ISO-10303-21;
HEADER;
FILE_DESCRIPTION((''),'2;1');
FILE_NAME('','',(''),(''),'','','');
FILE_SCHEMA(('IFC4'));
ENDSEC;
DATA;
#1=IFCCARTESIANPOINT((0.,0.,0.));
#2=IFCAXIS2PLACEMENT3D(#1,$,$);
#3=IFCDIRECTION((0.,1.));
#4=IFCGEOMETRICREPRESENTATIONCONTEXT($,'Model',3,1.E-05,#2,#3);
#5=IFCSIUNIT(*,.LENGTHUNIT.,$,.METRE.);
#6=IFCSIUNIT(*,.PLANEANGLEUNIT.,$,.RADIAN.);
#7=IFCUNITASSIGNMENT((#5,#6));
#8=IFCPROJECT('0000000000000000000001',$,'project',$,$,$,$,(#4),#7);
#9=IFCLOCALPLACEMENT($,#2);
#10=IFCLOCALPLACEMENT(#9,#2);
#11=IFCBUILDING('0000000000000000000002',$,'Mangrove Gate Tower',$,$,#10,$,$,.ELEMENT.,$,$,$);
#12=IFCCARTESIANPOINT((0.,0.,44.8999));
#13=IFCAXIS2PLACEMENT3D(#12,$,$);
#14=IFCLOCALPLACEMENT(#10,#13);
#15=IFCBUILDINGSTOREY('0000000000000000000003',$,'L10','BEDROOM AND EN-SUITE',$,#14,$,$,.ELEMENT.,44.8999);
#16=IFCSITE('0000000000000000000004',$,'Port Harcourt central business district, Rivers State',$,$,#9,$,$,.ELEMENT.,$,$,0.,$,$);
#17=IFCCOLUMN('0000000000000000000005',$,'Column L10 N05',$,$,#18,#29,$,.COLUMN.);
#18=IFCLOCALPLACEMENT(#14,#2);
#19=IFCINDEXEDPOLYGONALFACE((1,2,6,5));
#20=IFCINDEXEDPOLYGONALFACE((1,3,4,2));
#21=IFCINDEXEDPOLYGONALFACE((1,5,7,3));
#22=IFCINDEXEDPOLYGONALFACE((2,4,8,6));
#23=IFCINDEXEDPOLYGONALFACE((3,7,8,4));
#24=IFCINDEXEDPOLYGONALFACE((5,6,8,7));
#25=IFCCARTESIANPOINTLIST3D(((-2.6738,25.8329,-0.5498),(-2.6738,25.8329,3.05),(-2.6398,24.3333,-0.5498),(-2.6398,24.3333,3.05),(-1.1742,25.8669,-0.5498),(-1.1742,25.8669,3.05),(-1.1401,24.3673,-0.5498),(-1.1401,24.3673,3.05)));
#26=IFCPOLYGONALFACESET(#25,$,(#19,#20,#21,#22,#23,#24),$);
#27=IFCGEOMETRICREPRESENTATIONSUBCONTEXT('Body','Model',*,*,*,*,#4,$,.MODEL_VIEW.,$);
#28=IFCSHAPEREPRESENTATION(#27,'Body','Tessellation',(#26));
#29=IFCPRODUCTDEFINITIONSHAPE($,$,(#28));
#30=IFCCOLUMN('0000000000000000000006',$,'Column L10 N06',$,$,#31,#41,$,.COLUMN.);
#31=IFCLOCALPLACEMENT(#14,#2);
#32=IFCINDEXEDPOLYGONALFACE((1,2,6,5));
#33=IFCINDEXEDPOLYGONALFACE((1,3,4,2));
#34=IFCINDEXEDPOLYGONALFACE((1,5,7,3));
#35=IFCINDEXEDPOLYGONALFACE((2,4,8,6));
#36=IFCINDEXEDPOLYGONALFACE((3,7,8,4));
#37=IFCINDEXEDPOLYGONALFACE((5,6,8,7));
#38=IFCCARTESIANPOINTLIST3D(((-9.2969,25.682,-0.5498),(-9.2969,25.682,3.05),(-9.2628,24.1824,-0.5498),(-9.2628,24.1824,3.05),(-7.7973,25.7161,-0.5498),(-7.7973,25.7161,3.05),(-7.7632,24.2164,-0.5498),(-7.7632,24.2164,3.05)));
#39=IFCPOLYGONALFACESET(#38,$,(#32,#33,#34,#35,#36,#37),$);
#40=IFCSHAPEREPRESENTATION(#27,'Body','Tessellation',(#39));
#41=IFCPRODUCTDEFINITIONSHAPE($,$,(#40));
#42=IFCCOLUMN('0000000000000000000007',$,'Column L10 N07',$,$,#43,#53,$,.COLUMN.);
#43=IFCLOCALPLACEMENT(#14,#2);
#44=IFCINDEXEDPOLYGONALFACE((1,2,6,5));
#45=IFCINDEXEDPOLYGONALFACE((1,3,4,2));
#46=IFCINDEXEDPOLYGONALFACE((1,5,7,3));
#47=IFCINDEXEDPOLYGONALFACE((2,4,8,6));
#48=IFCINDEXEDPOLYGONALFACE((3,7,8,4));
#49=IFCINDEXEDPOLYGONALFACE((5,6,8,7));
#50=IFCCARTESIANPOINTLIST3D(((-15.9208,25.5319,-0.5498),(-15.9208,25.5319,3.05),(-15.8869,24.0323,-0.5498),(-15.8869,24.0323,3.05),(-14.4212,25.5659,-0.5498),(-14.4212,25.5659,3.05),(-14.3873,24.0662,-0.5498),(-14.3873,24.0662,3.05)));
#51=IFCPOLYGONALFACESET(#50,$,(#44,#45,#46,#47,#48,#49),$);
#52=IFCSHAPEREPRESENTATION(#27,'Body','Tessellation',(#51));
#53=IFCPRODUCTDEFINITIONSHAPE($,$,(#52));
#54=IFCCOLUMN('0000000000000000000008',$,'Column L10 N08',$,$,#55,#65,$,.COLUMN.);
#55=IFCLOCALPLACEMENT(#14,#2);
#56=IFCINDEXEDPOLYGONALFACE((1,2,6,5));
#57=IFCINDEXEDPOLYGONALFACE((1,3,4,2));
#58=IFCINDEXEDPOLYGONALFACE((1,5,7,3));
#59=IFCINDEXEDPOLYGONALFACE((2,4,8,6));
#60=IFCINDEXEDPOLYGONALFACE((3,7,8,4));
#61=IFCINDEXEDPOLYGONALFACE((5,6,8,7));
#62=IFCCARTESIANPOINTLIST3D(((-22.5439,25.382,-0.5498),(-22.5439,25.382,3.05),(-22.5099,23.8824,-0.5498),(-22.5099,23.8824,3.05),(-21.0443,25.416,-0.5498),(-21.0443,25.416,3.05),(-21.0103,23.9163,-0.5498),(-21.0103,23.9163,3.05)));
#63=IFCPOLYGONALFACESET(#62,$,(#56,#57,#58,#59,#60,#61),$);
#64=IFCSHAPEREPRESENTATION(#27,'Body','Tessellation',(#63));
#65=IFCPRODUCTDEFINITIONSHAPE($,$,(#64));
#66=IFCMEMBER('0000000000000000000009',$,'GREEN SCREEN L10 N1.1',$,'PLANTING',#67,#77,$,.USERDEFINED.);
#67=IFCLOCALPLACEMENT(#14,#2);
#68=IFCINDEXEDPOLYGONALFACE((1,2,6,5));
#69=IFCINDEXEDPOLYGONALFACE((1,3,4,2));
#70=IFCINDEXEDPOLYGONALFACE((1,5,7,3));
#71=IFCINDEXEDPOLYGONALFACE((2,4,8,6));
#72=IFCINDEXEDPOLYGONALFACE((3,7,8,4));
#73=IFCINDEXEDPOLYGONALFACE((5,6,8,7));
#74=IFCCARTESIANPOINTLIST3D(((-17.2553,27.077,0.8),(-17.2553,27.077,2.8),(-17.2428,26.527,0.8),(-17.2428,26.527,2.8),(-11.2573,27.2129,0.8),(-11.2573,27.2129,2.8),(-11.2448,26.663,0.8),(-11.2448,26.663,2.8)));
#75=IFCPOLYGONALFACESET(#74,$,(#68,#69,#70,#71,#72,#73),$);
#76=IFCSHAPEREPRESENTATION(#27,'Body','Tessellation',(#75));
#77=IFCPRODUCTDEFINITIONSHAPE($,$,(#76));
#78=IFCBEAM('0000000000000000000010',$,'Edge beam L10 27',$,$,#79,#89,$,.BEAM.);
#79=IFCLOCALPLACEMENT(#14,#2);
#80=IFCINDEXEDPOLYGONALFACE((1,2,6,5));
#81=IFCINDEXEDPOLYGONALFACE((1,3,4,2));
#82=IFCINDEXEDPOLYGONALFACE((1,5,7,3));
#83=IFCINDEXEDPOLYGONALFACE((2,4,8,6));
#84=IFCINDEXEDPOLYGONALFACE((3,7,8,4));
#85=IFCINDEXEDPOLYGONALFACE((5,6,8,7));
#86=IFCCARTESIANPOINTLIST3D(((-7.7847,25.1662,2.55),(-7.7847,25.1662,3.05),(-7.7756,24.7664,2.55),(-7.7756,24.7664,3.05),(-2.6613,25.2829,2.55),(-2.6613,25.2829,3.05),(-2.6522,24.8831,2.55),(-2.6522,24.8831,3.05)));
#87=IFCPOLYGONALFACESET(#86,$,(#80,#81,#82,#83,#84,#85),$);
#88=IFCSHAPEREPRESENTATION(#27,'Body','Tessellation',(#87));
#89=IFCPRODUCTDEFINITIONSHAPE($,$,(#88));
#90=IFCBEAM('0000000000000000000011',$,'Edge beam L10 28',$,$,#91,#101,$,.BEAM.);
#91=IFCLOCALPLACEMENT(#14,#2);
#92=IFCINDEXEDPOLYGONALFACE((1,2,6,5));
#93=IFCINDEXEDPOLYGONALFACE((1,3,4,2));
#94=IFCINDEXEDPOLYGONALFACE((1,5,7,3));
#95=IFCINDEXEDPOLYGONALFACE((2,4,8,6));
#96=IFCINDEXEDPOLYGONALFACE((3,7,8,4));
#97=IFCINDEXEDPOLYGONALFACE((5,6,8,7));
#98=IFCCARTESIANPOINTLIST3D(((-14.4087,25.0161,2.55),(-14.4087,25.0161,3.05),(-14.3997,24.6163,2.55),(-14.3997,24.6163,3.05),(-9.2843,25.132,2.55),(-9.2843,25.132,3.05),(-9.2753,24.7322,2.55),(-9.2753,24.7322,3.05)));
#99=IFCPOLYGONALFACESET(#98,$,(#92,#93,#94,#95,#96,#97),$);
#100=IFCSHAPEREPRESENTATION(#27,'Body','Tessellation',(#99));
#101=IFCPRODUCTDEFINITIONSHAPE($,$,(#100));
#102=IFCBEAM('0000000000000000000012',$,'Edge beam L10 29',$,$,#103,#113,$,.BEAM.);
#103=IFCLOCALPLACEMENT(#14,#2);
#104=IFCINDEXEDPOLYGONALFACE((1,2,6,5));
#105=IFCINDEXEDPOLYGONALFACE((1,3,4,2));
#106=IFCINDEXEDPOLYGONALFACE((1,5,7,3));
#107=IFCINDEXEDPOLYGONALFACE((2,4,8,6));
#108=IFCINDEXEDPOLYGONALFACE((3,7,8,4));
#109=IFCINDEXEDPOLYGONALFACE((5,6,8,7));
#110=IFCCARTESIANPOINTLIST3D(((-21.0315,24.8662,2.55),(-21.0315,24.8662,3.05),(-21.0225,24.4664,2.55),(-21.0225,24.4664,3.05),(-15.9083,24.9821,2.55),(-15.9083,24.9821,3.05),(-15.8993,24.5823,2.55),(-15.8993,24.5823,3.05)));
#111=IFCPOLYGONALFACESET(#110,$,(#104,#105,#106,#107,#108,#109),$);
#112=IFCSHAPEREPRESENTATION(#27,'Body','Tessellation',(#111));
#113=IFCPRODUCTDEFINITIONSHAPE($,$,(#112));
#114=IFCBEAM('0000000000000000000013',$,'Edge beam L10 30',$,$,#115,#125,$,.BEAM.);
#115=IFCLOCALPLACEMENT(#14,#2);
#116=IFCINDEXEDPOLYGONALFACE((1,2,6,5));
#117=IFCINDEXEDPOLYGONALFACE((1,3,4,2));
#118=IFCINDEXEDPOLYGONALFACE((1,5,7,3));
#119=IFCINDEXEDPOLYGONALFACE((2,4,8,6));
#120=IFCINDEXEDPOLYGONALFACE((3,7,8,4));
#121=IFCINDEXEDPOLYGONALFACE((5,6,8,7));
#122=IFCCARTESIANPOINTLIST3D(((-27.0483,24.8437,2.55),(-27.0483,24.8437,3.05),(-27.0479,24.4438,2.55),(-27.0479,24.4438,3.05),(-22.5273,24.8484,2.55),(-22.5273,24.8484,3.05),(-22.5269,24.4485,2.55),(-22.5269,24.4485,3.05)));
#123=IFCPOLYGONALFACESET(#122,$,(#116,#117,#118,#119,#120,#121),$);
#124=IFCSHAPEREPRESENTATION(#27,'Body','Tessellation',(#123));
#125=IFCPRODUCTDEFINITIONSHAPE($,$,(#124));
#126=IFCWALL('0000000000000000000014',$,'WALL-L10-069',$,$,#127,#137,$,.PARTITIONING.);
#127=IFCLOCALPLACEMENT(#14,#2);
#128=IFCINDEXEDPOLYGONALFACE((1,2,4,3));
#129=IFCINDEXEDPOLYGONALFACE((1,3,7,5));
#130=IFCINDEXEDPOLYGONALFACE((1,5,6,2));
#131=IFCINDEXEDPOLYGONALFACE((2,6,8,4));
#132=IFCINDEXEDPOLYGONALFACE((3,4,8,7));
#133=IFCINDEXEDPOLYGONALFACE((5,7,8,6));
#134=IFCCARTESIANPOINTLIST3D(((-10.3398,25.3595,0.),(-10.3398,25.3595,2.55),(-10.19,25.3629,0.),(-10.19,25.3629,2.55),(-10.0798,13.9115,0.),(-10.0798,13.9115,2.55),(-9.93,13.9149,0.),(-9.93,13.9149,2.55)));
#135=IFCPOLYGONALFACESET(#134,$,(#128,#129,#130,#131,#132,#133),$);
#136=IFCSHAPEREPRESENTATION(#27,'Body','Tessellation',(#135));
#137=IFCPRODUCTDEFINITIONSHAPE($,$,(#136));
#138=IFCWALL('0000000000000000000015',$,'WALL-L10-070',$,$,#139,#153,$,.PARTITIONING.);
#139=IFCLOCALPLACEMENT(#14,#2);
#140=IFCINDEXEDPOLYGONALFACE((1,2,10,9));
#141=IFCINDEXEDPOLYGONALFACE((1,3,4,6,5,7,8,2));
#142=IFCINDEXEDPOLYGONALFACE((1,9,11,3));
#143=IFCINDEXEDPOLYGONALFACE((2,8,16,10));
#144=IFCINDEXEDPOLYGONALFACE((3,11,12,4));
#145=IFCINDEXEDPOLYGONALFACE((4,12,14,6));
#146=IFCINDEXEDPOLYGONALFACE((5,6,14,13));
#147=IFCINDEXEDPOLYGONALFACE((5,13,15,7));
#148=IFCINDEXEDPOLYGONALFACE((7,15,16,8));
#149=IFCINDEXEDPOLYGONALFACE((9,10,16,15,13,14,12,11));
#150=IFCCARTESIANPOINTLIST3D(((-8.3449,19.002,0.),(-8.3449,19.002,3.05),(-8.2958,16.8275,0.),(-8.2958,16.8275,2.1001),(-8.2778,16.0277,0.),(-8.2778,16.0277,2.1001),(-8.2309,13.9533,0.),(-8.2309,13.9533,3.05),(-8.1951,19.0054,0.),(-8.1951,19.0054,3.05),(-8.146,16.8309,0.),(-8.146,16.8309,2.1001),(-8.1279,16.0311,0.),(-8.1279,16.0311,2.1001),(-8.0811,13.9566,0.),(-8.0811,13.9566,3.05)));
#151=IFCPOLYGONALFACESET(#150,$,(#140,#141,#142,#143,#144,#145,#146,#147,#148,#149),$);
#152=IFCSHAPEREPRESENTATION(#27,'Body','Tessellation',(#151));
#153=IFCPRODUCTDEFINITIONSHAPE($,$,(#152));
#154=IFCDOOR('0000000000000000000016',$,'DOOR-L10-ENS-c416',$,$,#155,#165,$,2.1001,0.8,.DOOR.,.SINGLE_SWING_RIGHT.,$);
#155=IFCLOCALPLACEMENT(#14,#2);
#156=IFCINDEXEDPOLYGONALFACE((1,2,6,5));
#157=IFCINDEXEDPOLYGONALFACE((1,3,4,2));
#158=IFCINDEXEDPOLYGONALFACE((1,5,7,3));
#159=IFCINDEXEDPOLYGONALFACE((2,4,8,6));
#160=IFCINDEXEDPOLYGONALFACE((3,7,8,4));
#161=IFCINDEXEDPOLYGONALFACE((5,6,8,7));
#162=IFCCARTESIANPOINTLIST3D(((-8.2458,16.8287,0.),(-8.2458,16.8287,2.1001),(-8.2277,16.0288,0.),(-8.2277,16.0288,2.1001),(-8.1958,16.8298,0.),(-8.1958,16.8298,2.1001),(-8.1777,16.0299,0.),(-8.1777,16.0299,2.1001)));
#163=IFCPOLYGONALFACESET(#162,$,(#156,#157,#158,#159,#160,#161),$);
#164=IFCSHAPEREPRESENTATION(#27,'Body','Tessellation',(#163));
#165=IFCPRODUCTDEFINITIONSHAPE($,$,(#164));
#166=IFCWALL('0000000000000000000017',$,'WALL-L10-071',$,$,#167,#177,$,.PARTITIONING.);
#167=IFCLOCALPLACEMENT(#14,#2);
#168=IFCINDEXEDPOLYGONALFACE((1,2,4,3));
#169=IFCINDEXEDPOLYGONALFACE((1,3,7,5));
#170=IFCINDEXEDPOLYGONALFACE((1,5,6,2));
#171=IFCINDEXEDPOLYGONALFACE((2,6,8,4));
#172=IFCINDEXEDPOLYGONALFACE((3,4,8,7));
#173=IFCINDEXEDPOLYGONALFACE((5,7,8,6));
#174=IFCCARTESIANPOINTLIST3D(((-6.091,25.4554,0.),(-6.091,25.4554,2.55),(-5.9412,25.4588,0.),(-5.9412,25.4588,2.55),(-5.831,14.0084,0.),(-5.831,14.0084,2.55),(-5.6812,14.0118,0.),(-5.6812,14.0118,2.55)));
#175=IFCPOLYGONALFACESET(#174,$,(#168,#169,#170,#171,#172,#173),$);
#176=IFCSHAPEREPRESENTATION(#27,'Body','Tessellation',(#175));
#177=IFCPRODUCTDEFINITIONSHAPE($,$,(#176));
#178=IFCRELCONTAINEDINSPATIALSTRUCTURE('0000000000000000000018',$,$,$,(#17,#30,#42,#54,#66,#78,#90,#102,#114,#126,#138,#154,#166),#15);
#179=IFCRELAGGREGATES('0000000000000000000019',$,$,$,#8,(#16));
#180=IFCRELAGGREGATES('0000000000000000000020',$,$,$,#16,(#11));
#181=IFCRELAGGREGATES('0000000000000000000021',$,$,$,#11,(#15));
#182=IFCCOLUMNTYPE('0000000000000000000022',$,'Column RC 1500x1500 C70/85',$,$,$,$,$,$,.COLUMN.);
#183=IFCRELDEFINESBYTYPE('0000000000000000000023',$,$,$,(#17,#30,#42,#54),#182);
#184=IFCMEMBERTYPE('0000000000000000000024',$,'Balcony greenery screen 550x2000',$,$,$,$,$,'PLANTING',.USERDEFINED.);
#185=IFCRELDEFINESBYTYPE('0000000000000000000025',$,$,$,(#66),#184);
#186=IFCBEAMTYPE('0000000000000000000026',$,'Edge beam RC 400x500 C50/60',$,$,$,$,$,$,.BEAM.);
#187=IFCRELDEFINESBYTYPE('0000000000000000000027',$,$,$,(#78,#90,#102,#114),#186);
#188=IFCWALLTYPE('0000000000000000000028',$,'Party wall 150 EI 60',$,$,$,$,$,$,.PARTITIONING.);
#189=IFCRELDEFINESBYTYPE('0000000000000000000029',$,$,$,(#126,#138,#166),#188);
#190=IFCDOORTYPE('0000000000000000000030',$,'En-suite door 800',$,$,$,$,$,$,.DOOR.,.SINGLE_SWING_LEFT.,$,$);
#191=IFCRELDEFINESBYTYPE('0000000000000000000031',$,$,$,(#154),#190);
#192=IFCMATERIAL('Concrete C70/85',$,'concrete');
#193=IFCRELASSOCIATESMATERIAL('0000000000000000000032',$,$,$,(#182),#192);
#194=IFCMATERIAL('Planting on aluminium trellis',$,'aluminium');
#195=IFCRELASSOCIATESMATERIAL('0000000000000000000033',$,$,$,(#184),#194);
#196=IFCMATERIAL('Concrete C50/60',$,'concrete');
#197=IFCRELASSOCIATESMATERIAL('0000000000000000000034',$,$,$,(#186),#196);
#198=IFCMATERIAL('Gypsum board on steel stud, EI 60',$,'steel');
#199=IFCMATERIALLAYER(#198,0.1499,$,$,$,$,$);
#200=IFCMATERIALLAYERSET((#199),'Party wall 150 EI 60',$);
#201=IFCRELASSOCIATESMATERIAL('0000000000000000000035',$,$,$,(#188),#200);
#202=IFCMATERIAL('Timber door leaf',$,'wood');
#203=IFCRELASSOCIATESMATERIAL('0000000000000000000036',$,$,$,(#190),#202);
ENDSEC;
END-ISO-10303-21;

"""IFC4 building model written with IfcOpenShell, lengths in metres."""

from ifc_helpers import new_model, si_unit, direction, frame, frame_2d, origin, origin_2d, place, context, subcontext, project, spatial, rectangle, extrude, material, layer, layer_set, material_profile, profile_set, type_object, element, fill, save


model = new_model("IFC4")

# Units and contexts
model_context = context("Model", 3, precision=1e-05, world=origin(), true_north=direction((0.0, 1.0)))
body_context = subcontext(model_context, "Body", "Model", "MODEL_VIEW")
ifc_project = project(units=[si_unit("LENGTHUNIT", "METRE"), si_unit("PLANEANGLEUNIT", "RADIAN")], contexts=[model_context])

# Site, building, storey
site_placement = place(None, origin())
site = spatial("IfcSite", under=ifc_project, at=site_placement, Name="Port Harcourt central business district, Rivers State", CompositionType="ELEMENT", RefElevation=0.0)
building_placement = place(site_placement, origin())
building = spatial("IfcBuilding", under=site, at=building_placement, Name="Mangrove Gate Tower", CompositionType="ELEMENT")
storey_placement = place(building_placement, frame((0.0, 0.0, 44.8999)))
storey = spatial("IfcBuildingStorey", under=building, at=storey_placement, Name="L10", Description="BEDROOM AND EN-SUITE", CompositionType="ELEMENT", Elevation=44.8999)

# Columns
ifc_material_1 = material(Name="Concrete C70/85", Category="concrete")
ifc_material_profile_1 = material_profile(ifc_material_1, rectangle(XDim=1.5, YDim=1.5, at=origin_2d()))
ifc_profile_set_1 = profile_set([ifc_material_profile_1], Name="Concrete C70/85")
column_type = type_object("IfcColumnType", Name="Column RC 1500x1500 C70/85", PredefinedType="COLUMN", material=ifc_profile_set_1)
for number, where, z_axis, x_axis, name in (
    (1, (-1.907, 25.1001, -0.5498), (0.0, 0.0, 1.0), (-0.999742, -0.022718, 0.0), "Column L10 N05"),
    (2, (-8.53, 24.9492, -0.5498), (0.0, 0.0, 1.0), (-0.999742, -0.022716, 0.0), "Column L10 N06"),
    (3, (-15.1541, 24.7991, -0.5498), (0.0, 0.0, 1.0), (-0.999744, -0.022641, 0.0), "Column L10 N07"),
    (4, (-21.7771, 24.6492, -0.5498), (0.0, 0.0, 1.0), (-0.999744, -0.022643, 0.0), "Column L10 N08"),
):
    element("IfcColumn", number, at=place(storey_placement, frame(where, z_axis=z_axis, x_axis=x_axis)), inside=storey, type_object=column_type, Name=name, PredefinedType="COLUMN", context=body_context, shape_type="SweptSolid", body=[
        extrude(rectangle(XDim=1.5, YDim=1.5, at=origin_2d()), origin(), (0.0, 0.0, 1.0), 3.5999),
    ])

# Member
ifc_material_2 = material(Name="Planting on aluminium trellis", Category="aluminium")
ifc_material_profile_2 = material_profile(ifc_material_2, rectangle(XDim=0.55, YDim=2.0, at=origin_2d()))
ifc_profile_set_2 = profile_set([ifc_material_profile_2], Name="Planting on aluminium trellis")
member_type = type_object("IfcMemberType", Name="Balcony greenery screen 550x2000", ElementType="PLANTING", PredefinedType="USERDEFINED", material=ifc_profile_set_2)
member_placement = place(storey_placement, frame((-17.249, 26.802, 1.8), z_axis=(0.999743, 0.022666, 0.0), x_axis=(-0.022666, 0.999743, 0.0)))
element("IfcMember", 5, at=member_placement, inside=storey, type_object=member_type, Name="GREEN SCREEN L10 N1.1", ObjectType="PLANTING", PredefinedType="USERDEFINED", context=body_context, shape_type="SweptSolid", body=[
    extrude(rectangle(XDim=0.55, YDim=2.0, at=origin_2d()), origin(), (0.0, 0.0, 1.0), 5.9995),
])

# Beams
ifc_material_3 = material(Name="Concrete C50/60", Category="concrete")
ifc_material_profile_3 = material_profile(ifc_material_3, rectangle(XDim=0.3999, YDim=0.5, at=origin_2d()))
ifc_profile_set_3 = profile_set([ifc_material_profile_3], Name="Concrete C50/60")
beam_type = type_object("IfcBeamType", Name="Edge beam RC 400x500 C50/60", PredefinedType="BEAM", material=ifc_profile_set_3)
beam_1_placement = place(storey_placement, frame((-2.6567, 25.083, 2.8), z_axis=(-0.999741, -0.022771, 0.0), x_axis=(0.022771, -0.999741, 0.0)))
element("IfcBeam", 6, at=beam_1_placement, inside=storey, type_object=beam_type, Name="Edge beam L10 27", PredefinedType="BEAM", context=body_context, shape_type="SweptSolid", body=[
    extrude(rectangle(XDim=0.3999, YDim=0.5, at=origin_2d()), origin(), (0.0, 0.0, 1.0), 5.1248),
])
beam_2_placement = place(storey_placement, frame((-9.2798, 24.9321, 2.8), z_axis=(-0.999744, -0.022624, 0.0), x_axis=(0.022624, -0.999744, 0.0)))
element("IfcBeam", 7, at=beam_2_placement, inside=storey, type_object=beam_type, Name="Edge beam L10 28", PredefinedType="BEAM", context=body_context, shape_type="SweptSolid", body=[
    extrude(rectangle(XDim=0.3999, YDim=0.5, at=origin_2d()), origin(), (0.0, 0.0, 1.0), 5.1257),
])
beam_3_placement = place(storey_placement, frame((-15.9038, 24.7822, 2.8), z_axis=(-0.999744, -0.022629, 0.0), x_axis=(0.022629, -0.999744, 0.0)))
element("IfcBeam", 8, at=beam_3_placement, inside=storey, type_object=beam_type, Name="Edge beam L10 29", PredefinedType="BEAM", context=body_context, shape_type="SweptSolid", body=[
    extrude(rectangle(XDim=0.3999, YDim=0.5, at=origin_2d()), origin(), (0.0, 0.0, 1.0), 5.1245),
])
beam_4_placement = place(storey_placement, frame((-22.5271, 24.6484, 2.8), z_axis=(-0.999999, -0.001026, 0.0), x_axis=(0.001026, -0.999999, 0.0)))
element("IfcBeam", 9, at=beam_4_placement, inside=storey, type_object=beam_type, Name="Edge beam L10 30", PredefinedType="BEAM", context=body_context, shape_type="SweptSolid", body=[
    extrude(rectangle(XDim=0.3999, YDim=0.5, at=origin_2d()), origin(), (0.0, 0.0, 1.0), 4.521),
])

# Wall
ifc_material_4 = material(Name="Gypsum board on steel stud, EI 60", Category="steel")
ifc_layer_1 = layer(ifc_material_4, 0.1499)
ifc_layer_set_1 = layer_set([ifc_layer_1], Name="Party wall 150 EI 60")
wall_type_1 = type_object("IfcWallType", Name="Party wall 150 EI 60", PredefinedType="PARTITIONING", material=ifc_layer_set_1)
wall_1_placement = place(storey_placement, frame((-10.0049, 13.9131, 0.0), z_axis=(0.0, 0.0, 1.0), x_axis=(-0.022706, 0.999742, 0.0)))
element("IfcWall", 10, at=wall_1_placement, inside=storey, type_object=wall_type_1, Name="WALL-L10-069", PredefinedType="PARTITIONING", context=body_context, shape_type="SweptSolid", body=[
    extrude(rectangle(XDim=11.4509, YDim=0.1499, at=frame_2d((5.7256, 0.0))), origin(), (0.0, 0.0, 1.0), 2.55),
])

# Wall, opening, door
wall_2_placement = place(storey_placement, frame((-8.156, 13.9551, 0.0), z_axis=(0.0, 0.0, 1.0), x_axis=(-0.022576, 0.999745, 0.0)))
wall_2 = element("IfcWall", 11, at=wall_2_placement, inside=storey, type_object=wall_type_1, Name="WALL-L10-070", PredefinedType="PARTITIONING", context=body_context, shape_type="SweptSolid", body=[
    extrude(rectangle(XDim=5.05, YDim=0.1499, at=frame_2d((2.5249, 0.0))), origin(), (0.0, 0.0, 1.0), 3.05),
])
opening_1_placement = place(wall_2_placement, frame((2.075, 0.0, 0.0)))
opening_1 = element("IfcOpeningElement", 12, at=opening_1_placement, cuts=wall_2, PredefinedType="OPENING", context=body_context, shape_type="SweptSolid", body=[
    extrude(rectangle(XDim=0.8, YDim=2.1001, at=frame_2d((0.3999, 1.05))), frame((0.0, 0.085, 0.0), z_axis=(0.0, -1.0, 0.0), x_axis=(1.0, 0.0, 0.0)), (0.0, 0.0, 1.0), 0.1699),
])
ifc_material_5 = material(Name="Timber door leaf", Category="wood")
door_type = type_object("IfcDoorType", Name="En-suite door 800", OperationType="SINGLE_SWING_LEFT", PredefinedType="DOOR", material=ifc_material_5)
door_1_placement = place(opening_1_placement, origin())
door_1 = element("IfcDoor", 13, at=door_1_placement, inside=storey, type_object=door_type, Name="DOOR-L10-ENS-c416", OperationType="SINGLE_SWING_RIGHT", OverallHeight=2.1001, OverallWidth=0.8, PredefinedType="DOOR", context=body_context, shape_type="SweptSolid", body=[
    extrude(rectangle(XDim=0.8, YDim=2.1001, at=frame_2d((0.3999, 1.05))), frame((0.0, 0.0249, 0.0), z_axis=(0.0, -1.0, 0.0), x_axis=(1.0, 0.0, 0.0)), (0.0, 0.0, 1.0), 0.05),
])
fill(opening_1, door_1)

# Wall
wall_3_placement = place(storey_placement, frame((-5.7561, 14.01, 0.0), z_axis=(0.0, 0.0, 1.0), x_axis=(-0.022708, 0.999742, 0.0)))
element("IfcWall", 14, at=wall_3_placement, inside=storey, type_object=wall_type_1, Name="WALL-L10-071", PredefinedType="PARTITIONING", context=body_context, shape_type="SweptSolid", body=[
    extrude(rectangle(XDim=11.45, YDim=0.1499, at=frame_2d((5.7251, 0.0))), origin(), (0.0, 0.0, 1.0), 2.55),
])

save(model, "model.ifc")
